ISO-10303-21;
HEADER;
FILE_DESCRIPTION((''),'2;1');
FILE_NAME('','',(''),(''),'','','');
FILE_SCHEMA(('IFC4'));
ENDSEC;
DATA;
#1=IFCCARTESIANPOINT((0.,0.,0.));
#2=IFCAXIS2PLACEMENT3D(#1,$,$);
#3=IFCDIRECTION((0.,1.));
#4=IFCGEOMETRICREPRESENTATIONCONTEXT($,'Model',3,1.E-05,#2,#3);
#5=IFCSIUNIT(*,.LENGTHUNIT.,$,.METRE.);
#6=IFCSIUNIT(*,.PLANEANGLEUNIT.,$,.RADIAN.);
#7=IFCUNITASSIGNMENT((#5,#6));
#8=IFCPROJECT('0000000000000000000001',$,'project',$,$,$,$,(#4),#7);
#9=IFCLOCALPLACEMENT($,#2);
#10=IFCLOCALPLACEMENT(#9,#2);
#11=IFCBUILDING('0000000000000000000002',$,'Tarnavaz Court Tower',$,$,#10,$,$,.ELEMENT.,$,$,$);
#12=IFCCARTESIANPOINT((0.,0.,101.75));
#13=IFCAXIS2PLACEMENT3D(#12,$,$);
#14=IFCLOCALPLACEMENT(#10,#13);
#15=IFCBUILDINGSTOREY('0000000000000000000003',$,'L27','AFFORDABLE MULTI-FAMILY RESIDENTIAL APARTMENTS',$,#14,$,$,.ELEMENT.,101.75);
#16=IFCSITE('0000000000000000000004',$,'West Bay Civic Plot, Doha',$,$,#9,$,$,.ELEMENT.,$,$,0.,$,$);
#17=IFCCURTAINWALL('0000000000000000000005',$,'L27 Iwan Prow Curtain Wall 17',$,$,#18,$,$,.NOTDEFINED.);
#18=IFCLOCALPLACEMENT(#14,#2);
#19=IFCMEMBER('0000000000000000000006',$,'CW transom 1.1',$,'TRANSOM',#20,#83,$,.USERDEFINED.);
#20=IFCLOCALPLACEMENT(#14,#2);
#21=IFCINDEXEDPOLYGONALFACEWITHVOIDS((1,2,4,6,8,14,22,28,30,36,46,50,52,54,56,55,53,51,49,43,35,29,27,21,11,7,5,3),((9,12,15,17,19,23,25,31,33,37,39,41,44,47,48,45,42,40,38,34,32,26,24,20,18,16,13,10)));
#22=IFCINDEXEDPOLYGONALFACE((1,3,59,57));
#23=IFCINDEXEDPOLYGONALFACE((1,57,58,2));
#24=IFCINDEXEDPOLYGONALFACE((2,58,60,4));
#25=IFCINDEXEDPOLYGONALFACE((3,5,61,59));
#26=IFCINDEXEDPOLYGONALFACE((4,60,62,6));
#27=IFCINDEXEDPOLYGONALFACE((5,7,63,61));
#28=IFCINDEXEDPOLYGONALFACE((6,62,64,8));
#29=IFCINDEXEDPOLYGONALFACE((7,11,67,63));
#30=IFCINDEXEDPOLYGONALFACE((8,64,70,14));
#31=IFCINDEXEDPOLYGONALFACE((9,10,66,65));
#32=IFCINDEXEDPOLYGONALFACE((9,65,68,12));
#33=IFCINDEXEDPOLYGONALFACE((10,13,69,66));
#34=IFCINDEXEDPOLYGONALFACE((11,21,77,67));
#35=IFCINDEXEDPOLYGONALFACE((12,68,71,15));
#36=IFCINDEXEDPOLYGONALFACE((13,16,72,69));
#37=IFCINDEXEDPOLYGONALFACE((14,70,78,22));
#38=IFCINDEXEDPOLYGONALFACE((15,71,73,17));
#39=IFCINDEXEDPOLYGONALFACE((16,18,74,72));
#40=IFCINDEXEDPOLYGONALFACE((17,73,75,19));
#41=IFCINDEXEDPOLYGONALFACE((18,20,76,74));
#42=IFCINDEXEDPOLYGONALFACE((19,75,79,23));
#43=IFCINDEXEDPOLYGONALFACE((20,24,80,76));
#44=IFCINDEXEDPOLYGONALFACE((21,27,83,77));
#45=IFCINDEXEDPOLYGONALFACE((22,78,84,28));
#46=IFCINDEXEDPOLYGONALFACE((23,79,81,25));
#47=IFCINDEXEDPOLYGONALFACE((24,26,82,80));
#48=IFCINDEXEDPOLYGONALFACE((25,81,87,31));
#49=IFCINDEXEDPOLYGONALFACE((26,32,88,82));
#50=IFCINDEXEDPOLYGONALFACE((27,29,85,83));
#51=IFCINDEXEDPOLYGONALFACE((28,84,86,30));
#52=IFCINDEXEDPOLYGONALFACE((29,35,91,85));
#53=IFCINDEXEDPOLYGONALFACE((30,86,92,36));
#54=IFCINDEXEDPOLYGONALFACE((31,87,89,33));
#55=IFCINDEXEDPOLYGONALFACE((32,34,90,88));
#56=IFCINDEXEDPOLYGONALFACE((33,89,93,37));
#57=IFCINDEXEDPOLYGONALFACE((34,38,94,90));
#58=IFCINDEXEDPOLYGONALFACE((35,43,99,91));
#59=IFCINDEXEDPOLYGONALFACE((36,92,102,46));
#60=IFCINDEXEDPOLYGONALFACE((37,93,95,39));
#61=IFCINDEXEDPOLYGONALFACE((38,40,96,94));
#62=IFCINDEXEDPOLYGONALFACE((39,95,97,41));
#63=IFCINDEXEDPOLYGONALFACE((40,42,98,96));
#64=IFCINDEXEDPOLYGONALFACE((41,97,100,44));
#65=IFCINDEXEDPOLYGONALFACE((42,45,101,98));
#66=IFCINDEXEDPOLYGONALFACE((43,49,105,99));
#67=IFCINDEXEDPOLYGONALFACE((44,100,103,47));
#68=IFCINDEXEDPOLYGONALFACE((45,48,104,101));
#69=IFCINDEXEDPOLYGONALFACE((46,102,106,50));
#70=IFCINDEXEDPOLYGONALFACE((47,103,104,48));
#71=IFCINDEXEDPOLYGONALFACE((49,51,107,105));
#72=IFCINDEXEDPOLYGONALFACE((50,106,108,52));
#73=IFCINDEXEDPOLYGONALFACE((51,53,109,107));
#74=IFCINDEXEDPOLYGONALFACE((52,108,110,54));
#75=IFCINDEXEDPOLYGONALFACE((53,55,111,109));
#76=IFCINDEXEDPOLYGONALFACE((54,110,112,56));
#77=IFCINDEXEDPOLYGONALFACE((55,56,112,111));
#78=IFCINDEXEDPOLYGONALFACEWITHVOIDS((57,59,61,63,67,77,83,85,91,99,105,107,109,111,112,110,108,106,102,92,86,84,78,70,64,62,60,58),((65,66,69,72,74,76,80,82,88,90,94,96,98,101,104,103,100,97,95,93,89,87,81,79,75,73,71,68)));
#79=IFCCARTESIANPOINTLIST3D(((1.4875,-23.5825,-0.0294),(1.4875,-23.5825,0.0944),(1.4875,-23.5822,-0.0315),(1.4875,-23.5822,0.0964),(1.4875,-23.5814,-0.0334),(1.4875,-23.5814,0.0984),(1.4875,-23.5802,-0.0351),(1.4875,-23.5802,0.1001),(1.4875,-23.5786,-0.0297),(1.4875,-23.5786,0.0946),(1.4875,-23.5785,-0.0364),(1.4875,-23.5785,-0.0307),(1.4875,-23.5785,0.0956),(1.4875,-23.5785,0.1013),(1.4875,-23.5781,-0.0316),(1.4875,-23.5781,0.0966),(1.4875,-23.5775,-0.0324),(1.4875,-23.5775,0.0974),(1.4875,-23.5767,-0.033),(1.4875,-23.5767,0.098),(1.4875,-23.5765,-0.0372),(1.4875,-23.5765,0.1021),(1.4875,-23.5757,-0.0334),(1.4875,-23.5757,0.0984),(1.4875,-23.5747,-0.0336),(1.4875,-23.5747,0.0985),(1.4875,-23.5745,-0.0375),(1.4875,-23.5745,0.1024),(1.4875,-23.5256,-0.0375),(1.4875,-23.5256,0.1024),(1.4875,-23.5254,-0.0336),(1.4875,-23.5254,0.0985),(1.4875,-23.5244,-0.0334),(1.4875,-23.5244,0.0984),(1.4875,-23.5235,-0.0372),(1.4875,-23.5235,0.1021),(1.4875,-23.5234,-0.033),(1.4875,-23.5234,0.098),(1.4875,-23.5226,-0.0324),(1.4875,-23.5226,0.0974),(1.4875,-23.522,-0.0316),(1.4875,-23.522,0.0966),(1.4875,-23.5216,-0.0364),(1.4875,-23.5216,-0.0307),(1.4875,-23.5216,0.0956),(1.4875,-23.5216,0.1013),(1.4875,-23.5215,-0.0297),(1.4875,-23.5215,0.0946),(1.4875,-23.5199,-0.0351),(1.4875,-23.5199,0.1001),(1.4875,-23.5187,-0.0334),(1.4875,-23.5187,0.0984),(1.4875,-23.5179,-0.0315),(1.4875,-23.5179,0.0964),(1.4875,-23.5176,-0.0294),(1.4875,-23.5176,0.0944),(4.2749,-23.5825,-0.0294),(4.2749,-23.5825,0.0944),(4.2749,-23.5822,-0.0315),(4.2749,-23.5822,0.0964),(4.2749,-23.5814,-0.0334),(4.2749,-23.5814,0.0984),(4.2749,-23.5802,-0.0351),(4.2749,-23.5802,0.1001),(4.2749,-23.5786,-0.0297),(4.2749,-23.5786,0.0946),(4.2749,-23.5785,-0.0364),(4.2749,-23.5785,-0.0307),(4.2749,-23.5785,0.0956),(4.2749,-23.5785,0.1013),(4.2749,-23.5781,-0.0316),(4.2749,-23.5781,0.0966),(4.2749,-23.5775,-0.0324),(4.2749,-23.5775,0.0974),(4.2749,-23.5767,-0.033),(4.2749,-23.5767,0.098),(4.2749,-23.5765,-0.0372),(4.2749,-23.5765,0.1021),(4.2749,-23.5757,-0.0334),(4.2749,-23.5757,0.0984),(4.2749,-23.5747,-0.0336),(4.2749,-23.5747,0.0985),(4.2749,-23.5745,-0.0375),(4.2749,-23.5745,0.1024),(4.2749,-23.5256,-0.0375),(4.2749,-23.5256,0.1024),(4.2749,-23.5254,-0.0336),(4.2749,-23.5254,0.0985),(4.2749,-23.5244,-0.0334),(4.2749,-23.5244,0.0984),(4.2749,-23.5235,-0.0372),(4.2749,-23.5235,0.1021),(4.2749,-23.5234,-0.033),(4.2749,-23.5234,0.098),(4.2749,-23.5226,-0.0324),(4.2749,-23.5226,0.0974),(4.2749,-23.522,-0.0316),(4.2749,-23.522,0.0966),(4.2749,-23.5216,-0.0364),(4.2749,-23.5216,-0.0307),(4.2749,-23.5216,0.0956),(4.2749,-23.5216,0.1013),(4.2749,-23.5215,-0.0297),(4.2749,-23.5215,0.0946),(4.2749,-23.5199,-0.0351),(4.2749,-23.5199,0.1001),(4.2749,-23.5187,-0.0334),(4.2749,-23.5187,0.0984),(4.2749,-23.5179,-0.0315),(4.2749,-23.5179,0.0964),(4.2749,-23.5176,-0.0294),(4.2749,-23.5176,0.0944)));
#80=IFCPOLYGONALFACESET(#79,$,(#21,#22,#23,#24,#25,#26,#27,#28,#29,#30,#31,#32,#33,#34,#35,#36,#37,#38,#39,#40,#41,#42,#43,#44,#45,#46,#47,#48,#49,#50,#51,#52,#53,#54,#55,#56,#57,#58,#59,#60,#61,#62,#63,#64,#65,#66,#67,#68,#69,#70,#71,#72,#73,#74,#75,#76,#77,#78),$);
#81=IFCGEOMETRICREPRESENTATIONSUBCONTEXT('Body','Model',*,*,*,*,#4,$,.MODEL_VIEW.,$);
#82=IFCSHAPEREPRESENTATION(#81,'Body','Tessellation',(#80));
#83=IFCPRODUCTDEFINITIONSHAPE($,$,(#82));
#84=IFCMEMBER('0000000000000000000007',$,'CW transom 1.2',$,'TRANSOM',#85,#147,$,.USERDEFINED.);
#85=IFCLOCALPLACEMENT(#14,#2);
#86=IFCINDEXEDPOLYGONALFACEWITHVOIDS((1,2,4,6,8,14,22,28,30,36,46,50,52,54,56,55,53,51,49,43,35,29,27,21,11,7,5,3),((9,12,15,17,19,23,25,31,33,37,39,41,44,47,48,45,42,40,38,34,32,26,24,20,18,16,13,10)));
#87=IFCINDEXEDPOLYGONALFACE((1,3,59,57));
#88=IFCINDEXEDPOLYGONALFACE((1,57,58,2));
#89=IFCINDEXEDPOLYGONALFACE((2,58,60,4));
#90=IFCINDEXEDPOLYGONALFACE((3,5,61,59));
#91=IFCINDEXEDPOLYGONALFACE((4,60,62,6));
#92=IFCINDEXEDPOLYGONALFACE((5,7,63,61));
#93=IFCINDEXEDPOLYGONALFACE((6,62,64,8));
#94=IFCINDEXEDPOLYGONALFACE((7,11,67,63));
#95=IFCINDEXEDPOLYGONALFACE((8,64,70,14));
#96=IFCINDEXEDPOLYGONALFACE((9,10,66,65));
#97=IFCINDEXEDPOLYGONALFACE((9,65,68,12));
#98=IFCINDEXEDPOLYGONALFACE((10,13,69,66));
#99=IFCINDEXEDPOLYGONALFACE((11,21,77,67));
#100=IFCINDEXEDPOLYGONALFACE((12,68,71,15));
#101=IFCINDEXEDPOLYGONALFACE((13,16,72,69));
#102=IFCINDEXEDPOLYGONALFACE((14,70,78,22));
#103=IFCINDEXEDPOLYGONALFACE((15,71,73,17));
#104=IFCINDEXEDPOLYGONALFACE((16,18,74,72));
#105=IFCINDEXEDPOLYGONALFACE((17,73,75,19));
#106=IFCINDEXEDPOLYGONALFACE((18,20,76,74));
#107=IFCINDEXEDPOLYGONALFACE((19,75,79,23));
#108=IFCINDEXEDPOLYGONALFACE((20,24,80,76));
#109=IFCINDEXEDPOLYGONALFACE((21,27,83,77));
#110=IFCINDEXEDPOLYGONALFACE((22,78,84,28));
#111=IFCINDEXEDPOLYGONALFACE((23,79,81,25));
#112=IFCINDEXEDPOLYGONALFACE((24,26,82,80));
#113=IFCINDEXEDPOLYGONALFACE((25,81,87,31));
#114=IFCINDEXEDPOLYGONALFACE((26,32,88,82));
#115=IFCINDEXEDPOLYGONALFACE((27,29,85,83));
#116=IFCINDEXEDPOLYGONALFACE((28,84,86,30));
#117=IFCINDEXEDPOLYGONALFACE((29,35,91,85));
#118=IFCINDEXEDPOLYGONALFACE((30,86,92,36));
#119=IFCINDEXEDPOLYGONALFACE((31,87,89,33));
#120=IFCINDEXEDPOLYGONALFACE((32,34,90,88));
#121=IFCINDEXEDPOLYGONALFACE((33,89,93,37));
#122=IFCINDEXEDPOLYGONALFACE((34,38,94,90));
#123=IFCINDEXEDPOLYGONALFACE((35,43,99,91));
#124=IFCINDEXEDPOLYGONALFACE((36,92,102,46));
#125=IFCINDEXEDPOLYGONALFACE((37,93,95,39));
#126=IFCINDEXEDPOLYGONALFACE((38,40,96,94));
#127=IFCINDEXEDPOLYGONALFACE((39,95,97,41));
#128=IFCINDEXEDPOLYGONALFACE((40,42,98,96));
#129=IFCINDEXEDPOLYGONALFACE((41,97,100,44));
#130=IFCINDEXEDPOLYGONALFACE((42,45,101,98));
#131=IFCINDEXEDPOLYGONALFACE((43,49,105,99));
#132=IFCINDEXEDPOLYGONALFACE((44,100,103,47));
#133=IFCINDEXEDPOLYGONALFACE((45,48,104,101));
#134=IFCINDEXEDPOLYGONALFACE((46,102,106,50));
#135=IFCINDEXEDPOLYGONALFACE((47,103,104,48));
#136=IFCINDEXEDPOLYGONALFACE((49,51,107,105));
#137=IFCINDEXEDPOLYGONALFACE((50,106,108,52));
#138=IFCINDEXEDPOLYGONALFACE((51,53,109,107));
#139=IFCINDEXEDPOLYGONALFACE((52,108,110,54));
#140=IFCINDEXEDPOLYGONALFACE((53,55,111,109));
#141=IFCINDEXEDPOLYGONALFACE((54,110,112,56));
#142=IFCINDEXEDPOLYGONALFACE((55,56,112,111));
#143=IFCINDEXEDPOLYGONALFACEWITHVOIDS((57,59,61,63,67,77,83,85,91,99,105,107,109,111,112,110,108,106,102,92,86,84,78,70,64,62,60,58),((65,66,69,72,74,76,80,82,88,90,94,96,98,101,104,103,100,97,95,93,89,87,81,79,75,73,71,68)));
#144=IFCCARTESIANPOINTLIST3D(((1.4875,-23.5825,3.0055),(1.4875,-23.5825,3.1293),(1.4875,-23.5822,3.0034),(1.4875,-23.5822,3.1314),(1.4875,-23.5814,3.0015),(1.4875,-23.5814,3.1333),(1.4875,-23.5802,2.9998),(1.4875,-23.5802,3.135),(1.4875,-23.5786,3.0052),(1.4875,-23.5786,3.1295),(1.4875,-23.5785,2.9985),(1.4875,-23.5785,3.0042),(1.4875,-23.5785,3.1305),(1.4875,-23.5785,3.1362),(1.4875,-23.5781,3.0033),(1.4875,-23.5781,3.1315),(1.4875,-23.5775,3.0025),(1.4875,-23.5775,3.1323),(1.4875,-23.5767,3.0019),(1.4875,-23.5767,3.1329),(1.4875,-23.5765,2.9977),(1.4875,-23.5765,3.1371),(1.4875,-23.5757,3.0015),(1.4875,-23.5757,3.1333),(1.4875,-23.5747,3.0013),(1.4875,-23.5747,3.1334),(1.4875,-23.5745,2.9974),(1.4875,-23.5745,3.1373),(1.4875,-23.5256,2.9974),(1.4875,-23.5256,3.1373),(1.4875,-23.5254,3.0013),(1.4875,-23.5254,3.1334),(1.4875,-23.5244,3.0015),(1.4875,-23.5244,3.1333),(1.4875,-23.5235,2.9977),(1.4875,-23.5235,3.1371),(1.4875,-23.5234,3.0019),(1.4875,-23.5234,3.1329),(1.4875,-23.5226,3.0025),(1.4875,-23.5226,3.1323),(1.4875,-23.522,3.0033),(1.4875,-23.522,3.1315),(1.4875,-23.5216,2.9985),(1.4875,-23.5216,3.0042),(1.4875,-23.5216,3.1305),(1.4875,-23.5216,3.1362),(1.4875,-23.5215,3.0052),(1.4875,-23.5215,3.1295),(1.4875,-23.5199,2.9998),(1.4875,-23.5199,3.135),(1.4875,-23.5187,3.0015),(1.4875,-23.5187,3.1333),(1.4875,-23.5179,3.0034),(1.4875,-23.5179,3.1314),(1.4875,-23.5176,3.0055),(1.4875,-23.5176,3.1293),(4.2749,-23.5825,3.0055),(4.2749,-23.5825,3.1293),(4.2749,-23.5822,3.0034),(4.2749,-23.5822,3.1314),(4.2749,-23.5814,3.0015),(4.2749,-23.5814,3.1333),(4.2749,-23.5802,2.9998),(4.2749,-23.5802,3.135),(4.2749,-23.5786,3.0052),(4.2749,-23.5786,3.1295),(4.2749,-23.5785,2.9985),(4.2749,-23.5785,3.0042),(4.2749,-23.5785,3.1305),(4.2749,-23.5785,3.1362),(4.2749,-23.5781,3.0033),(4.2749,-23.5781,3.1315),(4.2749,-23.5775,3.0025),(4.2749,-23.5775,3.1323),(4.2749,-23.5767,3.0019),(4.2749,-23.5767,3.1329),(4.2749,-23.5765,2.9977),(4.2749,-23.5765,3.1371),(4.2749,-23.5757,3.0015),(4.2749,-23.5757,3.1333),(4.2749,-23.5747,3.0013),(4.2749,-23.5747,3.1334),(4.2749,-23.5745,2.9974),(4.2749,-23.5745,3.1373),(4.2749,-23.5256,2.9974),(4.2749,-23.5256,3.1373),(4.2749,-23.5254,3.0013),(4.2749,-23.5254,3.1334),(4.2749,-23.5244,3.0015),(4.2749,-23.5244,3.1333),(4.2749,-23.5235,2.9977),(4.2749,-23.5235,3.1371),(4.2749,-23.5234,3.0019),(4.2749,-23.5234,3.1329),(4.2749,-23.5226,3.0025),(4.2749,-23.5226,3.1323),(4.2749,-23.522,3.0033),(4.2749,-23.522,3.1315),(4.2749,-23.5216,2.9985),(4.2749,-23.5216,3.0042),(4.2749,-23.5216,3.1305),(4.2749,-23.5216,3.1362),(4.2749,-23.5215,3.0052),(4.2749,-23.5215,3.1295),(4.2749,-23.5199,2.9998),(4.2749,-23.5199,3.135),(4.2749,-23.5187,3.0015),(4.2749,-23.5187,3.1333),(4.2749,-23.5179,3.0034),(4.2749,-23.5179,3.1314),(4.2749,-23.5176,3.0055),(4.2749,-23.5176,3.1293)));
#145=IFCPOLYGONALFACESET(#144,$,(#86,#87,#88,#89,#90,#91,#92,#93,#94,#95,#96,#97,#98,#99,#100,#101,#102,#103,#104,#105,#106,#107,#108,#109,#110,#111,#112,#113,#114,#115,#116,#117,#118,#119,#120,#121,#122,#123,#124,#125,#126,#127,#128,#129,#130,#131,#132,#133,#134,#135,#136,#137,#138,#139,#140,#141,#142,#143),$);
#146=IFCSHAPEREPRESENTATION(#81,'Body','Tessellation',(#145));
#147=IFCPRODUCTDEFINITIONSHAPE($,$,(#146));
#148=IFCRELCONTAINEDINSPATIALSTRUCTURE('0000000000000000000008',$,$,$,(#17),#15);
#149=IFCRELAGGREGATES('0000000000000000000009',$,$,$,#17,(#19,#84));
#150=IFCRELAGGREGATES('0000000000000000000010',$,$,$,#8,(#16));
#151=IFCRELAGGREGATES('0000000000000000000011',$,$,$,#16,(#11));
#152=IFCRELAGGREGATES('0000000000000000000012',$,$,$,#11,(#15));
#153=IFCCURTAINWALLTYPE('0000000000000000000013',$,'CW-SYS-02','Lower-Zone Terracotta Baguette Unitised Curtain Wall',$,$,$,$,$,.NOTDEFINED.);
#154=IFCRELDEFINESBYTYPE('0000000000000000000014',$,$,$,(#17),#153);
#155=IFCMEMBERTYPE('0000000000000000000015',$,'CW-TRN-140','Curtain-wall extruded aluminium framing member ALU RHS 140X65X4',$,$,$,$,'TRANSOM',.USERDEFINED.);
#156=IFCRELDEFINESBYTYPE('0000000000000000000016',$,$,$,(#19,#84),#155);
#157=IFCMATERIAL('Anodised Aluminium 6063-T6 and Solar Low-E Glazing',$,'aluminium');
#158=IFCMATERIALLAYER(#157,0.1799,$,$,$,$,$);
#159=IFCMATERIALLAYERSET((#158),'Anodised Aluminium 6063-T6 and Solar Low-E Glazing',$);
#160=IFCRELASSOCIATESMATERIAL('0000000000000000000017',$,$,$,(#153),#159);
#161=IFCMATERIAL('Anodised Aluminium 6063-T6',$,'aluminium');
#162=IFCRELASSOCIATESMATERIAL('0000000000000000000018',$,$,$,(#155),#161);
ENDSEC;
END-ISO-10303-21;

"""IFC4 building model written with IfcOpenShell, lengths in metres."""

from ifc_helpers import new_model, si_unit, direction, frame, origin, origin_2d, place, context, subcontext, project, spatial, hollow_rectangle, extrude, material, layer, layer_set, material_profile, profile_set, type_object, element, aggregate, save


model = new_model("IFC4")

# Units and contexts
model_context = context("Model", 3, precision=1e-05, world=origin(), true_north=direction((0.0, 1.0)))
body_context = subcontext(model_context, "Body", "Model", "MODEL_VIEW")
ifc_project = project(units=[si_unit("LENGTHUNIT", "METRE"), si_unit("PLANEANGLEUNIT", "RADIAN")], contexts=[model_context])

# Site, building, storey
site_placement = place(None, origin())
site = spatial("IfcSite", under=ifc_project, at=site_placement, Name="West Bay Civic Plot, Doha", CompositionType="ELEMENT", RefElevation=0.0)
building_placement = place(site_placement, origin())
building = spatial("IfcBuilding", under=site, at=building_placement, Name="Tarnavaz Court Tower", CompositionType="ELEMENT")
storey_placement = place(building_placement, frame((0.0, 0.0, 101.75)))
storey = spatial("IfcBuildingStorey", under=building, at=storey_placement, Name="L27", Description="AFFORDABLE MULTI-FAMILY RESIDENTIAL APARTMENTS", CompositionType="ELEMENT", Elevation=101.75)

# Curtain wall, members
ifc_material_1 = material(Name="Anodised Aluminium 6063-T6 and Solar Low-E Glazing", Category="aluminium")
ifc_layer_1 = layer(ifc_material_1, 0.1799)
ifc_layer_set_1 = layer_set([ifc_layer_1], Name="Anodised Aluminium 6063-T6 and Solar Low-E Glazing")
curtain_wall_type = type_object("IfcCurtainWallType", Name="CW-SYS-02", Description="Lower-Zone Terracotta Baguette Unitised Curtain Wall", PredefinedType="NOTDEFINED", material=ifc_layer_set_1)
curtain_wall_placement = place(storey_placement, origin())
curtain_wall = element("IfcCurtainWall", 1, at=curtain_wall_placement, inside=storey, type_object=curtain_wall_type, Name="L27 Iwan Prow Curtain Wall 17", PredefinedType="NOTDEFINED")
ifc_material_2 = material(Name="Anodised Aluminium 6063-T6", Category="aluminium")
ifc_material_profile_1 = material_profile(ifc_material_2, hollow_rectangle(XDim=0.0649, YDim=0.1399, WallThickness=0.0039, InnerFilletRadius=0.0039, OuterFilletRadius=0.0081, at=origin_2d()), Name="ALU RHS 140X65X4")
ifc_profile_set_1 = profile_set([ifc_material_profile_1], Name="Anodised Aluminium 6063-T6")
member_type_1 = type_object("IfcMemberType", Name="CW-TRN-140", Description="Curtain-wall extruded aluminium framing member ALU RHS 140X65X4", ElementType="TRANSOM", PredefinedType="USERDEFINED", material=ifc_profile_set_1)
member_1_placement = place(storey_placement, frame((4.2749, -23.55, 0.0325), z_axis=(-1.0, 0.0, 0.0), x_axis=(0.0, -1.0, 0.0)))
member_1 = element("IfcMember", 2, at=member_1_placement, type_object=member_type_1, Name="CW transom 1.1", ObjectType="TRANSOM", PredefinedType="USERDEFINED", context=body_context, shape_type="SweptSolid", body=[
    extrude(hollow_rectangle(XDim=0.0649, YDim=0.1399, WallThickness=0.0039, InnerFilletRadius=0.0039, OuterFilletRadius=0.0081, at=origin_2d()), origin(), (0.0, 0.0, 1.0), 2.7874),
])
member_2_placement = place(storey_placement, frame((4.2749, -23.55, 3.0674), z_axis=(-1.0, 0.0, 0.0), x_axis=(0.0, -1.0, 0.0)))
member_2 = element("IfcMember", 3, at=member_2_placement, type_object=member_type_1, Name="CW transom 1.2", ObjectType="TRANSOM", PredefinedType="USERDEFINED", context=body_context, shape_type="SweptSolid", body=[
    extrude(hollow_rectangle(XDim=0.0649, YDim=0.1399, WallThickness=0.0039, InnerFilletRadius=0.0039, OuterFilletRadius=0.0081, at=origin_2d()), origin(), (0.0, 0.0, 1.0), 2.7874),
])
aggregate(curtain_wall, [member_1, member_2])

save(model, "model.ifc")
